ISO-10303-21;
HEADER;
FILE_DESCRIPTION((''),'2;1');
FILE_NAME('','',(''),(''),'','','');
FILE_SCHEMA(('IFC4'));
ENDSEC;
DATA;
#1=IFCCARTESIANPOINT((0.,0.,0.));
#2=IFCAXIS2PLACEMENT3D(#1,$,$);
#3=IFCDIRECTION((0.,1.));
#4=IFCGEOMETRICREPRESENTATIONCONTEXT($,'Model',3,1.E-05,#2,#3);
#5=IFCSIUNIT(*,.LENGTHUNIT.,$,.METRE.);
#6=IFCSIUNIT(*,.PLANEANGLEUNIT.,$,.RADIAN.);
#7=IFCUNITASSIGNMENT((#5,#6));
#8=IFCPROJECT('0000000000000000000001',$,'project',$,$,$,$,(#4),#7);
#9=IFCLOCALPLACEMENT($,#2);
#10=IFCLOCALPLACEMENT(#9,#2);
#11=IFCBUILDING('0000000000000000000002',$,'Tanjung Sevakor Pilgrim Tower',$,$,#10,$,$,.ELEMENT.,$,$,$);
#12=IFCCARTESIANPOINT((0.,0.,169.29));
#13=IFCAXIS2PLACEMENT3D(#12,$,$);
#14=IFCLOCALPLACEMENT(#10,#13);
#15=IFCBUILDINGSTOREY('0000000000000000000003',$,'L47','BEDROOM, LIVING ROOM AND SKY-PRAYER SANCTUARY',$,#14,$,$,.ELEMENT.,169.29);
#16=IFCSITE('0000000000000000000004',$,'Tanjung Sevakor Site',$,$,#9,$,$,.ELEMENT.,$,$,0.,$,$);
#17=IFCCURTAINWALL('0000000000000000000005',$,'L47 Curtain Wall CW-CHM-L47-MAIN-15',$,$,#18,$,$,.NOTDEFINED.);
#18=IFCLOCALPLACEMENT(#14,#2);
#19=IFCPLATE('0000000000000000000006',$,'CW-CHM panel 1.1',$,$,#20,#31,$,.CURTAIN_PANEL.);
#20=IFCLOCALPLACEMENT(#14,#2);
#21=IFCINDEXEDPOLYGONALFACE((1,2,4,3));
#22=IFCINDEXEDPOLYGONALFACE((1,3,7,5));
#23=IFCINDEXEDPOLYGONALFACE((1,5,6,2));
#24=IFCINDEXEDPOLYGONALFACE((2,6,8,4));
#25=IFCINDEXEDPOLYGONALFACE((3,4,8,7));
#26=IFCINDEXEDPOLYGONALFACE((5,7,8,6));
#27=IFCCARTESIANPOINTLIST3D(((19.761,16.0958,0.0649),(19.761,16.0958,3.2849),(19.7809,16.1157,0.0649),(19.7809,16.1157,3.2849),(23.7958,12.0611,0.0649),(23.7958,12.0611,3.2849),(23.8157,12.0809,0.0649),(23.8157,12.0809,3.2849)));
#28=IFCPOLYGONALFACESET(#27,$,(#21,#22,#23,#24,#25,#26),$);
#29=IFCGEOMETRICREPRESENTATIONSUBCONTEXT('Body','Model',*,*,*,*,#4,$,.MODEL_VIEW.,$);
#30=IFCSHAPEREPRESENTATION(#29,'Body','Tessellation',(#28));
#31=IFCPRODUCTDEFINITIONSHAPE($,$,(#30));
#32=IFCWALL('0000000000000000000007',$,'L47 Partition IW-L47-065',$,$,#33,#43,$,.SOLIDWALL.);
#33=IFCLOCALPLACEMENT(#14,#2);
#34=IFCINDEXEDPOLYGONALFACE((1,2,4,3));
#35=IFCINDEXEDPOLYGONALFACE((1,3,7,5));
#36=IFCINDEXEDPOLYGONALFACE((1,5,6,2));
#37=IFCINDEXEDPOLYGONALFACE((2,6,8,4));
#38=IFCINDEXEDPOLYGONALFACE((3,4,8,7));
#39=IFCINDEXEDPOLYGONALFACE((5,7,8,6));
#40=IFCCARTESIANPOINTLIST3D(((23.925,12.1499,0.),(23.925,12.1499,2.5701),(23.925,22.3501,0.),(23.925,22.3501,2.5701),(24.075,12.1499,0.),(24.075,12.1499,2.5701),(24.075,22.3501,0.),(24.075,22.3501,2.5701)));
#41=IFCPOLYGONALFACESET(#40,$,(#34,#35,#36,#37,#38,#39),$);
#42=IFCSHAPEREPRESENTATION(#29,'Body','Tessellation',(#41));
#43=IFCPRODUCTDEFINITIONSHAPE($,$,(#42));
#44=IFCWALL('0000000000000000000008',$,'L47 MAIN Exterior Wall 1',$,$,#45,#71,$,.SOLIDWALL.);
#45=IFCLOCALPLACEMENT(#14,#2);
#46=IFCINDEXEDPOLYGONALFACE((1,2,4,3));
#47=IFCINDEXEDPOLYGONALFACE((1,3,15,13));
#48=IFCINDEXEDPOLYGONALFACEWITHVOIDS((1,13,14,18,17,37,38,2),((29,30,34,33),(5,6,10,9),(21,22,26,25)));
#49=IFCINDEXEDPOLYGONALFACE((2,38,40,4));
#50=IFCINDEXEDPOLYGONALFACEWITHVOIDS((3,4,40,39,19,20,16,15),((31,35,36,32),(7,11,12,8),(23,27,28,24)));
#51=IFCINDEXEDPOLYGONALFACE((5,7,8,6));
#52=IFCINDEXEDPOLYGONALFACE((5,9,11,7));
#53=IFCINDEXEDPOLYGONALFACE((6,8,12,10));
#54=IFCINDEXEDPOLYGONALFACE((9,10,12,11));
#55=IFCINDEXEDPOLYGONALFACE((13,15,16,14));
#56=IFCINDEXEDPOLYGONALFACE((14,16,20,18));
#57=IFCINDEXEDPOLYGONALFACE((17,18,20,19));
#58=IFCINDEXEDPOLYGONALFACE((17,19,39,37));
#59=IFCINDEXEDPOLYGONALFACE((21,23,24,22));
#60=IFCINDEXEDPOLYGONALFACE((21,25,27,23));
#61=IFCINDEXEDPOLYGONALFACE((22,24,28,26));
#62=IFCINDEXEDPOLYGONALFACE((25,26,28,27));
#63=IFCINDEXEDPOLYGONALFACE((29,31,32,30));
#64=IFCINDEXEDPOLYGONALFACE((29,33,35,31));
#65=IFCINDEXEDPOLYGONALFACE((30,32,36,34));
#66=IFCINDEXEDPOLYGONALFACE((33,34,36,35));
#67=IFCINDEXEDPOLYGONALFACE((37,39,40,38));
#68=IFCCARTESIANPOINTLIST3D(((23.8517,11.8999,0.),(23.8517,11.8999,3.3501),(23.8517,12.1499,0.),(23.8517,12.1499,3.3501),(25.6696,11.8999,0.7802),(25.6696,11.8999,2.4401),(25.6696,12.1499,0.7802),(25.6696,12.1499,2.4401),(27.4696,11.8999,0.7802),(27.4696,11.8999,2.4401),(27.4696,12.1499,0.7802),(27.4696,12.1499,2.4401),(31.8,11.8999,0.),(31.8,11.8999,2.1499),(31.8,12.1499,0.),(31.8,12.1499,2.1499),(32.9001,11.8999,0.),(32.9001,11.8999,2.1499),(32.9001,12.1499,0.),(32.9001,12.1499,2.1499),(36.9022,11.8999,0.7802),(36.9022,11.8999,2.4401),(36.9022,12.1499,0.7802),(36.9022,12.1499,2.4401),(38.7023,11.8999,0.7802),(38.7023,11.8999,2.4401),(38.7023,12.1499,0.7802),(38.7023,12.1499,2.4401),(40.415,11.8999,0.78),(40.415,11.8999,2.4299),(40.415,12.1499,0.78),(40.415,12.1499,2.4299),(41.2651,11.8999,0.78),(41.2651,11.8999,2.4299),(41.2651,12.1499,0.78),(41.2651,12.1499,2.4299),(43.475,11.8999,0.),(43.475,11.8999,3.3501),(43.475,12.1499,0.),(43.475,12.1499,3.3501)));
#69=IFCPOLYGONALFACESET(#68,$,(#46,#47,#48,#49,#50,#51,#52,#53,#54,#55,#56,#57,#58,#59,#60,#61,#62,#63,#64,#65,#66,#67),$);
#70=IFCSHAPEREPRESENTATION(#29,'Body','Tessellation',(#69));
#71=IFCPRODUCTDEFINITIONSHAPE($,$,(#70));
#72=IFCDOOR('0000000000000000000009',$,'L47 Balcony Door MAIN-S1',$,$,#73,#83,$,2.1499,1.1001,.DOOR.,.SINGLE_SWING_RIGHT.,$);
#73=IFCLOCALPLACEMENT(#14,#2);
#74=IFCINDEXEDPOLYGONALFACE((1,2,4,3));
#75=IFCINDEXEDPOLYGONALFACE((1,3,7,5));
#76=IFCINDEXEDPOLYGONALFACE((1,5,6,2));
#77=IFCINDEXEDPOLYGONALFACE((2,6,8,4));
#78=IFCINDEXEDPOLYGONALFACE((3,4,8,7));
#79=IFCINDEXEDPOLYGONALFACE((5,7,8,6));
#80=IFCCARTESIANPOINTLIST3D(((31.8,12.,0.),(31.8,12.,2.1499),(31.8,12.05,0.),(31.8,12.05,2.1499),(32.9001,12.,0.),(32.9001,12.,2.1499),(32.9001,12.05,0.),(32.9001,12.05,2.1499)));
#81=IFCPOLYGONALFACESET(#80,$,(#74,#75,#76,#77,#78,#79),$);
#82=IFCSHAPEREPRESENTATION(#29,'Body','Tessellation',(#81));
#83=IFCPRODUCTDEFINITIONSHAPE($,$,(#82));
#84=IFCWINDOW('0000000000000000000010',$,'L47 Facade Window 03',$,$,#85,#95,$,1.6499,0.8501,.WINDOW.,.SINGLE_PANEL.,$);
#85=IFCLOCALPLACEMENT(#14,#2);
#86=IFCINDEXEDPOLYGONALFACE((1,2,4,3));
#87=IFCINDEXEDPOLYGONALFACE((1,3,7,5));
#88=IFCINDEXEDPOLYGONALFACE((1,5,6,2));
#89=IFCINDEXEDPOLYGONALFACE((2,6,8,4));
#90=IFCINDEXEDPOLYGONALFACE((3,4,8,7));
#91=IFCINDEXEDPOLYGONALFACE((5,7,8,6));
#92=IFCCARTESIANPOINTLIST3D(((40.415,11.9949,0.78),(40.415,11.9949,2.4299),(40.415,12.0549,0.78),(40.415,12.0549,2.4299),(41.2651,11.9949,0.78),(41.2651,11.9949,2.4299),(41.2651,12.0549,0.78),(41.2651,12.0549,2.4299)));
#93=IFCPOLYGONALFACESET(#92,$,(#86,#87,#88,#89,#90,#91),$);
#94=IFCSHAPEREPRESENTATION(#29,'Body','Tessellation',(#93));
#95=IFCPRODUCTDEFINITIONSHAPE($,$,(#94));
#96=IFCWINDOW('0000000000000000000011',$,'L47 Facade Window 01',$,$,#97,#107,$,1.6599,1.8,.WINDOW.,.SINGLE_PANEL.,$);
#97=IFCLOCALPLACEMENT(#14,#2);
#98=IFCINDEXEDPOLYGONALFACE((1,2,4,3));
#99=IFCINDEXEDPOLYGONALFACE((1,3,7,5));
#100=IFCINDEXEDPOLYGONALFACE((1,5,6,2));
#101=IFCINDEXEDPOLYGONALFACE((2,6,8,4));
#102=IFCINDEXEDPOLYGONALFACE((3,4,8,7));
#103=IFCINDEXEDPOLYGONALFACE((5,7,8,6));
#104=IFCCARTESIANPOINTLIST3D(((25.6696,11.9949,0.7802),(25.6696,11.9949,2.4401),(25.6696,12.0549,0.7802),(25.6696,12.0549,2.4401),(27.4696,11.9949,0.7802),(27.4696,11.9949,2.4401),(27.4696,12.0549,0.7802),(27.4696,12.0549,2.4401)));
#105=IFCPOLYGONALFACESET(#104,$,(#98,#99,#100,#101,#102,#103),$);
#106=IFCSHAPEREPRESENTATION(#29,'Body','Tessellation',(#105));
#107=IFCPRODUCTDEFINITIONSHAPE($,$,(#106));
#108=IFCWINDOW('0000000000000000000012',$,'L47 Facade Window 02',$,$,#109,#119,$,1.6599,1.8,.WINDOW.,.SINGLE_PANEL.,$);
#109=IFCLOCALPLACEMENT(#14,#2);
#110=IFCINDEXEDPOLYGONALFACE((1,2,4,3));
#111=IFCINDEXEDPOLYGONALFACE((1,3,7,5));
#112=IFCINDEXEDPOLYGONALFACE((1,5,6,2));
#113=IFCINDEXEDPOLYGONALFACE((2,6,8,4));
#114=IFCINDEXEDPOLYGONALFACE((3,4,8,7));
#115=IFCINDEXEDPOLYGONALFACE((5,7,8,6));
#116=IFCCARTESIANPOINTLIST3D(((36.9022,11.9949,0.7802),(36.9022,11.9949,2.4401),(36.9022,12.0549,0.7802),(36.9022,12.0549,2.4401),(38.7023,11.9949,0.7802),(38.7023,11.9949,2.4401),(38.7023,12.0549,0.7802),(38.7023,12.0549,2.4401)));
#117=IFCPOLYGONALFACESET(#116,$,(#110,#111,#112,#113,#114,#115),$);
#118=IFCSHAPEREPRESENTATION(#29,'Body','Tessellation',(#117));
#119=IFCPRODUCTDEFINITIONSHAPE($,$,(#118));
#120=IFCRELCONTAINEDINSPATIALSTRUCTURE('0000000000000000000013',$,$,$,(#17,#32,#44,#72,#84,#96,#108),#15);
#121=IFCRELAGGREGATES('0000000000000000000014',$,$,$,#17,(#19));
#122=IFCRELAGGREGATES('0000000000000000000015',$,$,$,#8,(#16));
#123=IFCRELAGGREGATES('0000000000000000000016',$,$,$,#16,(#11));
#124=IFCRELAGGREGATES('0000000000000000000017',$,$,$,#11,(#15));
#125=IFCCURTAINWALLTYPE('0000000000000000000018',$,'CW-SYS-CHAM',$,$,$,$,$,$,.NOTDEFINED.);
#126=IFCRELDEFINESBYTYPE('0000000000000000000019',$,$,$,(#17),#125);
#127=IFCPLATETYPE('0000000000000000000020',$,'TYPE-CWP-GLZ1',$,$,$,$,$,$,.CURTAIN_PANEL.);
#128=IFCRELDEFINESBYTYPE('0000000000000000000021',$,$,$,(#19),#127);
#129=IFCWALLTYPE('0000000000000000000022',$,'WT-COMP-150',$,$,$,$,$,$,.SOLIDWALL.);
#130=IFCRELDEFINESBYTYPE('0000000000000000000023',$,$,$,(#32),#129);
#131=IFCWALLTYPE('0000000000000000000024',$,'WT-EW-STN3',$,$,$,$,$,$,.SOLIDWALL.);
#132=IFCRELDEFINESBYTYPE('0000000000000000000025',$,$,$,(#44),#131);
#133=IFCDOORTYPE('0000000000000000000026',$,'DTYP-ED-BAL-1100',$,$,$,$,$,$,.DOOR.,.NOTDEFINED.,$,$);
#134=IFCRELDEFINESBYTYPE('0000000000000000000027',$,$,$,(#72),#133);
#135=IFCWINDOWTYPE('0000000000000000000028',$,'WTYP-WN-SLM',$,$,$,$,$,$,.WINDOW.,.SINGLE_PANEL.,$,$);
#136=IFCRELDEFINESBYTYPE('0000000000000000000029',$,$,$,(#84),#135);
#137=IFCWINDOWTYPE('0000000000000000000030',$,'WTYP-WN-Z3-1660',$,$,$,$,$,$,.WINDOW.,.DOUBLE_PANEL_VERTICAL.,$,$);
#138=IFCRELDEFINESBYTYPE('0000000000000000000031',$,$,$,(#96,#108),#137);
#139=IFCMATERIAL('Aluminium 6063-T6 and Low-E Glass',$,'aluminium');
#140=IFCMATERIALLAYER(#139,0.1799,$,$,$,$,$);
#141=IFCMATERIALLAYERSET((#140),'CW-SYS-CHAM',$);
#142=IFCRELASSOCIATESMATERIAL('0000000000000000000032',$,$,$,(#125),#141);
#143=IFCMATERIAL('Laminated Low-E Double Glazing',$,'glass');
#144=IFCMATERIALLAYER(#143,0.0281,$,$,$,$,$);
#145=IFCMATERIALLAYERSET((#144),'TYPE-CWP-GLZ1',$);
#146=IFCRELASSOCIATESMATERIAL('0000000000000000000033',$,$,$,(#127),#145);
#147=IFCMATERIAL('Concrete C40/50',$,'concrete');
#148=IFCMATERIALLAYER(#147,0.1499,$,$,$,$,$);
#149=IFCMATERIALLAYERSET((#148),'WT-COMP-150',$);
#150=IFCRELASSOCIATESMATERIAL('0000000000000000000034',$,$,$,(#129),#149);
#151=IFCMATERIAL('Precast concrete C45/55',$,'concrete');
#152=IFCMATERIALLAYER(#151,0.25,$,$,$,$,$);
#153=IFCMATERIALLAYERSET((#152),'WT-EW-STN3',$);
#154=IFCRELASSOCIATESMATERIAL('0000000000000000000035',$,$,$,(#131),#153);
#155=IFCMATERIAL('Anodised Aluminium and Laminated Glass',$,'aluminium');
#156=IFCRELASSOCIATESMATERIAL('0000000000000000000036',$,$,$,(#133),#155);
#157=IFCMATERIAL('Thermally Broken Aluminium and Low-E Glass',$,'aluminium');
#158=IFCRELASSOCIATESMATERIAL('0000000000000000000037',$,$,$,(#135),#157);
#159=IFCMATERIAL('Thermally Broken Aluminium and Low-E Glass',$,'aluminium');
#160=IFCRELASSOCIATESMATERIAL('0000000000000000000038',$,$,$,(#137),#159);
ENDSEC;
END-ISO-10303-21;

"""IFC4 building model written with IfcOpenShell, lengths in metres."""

from ifc_helpers import new_model, si_unit, direction, frame, frame_2d, origin, origin_2d, place, context, subcontext, project, spatial, rectangle, extrude, material, layer, layer_set, type_object, element, fill, aggregate, save


model = new_model("IFC4")

# Units and contexts
model_context = context("Model", 3, precision=1e-05, world=origin(), true_north=direction((0.0, 1.0)))
body_context = subcontext(model_context, "Body", "Model", "MODEL_VIEW")
ifc_project = project(units=[si_unit("LENGTHUNIT", "METRE"), si_unit("PLANEANGLEUNIT", "RADIAN")], contexts=[model_context])

# Site, building, storey
site_placement = place(None, origin())
site = spatial("IfcSite", under=ifc_project, at=site_placement, Name="Tanjung Sevakor Site", CompositionType="ELEMENT", RefElevation=0.0)
building_placement = place(site_placement, origin())
building = spatial("IfcBuilding", under=site, at=building_placement, Name="Tanjung Sevakor Pilgrim Tower", CompositionType="ELEMENT")
storey_placement = place(building_placement, frame((0.0, 0.0, 169.29)))
storey = spatial("IfcBuildingStorey", under=building, at=storey_placement, Name="L47", Description="BEDROOM, LIVING ROOM AND SKY-PRAYER SANCTUARY", CompositionType="ELEMENT", Elevation=169.29)

# Curtain wall
ifc_material_1 = material(Name="Aluminium 6063-T6 and Low-E Glass", Category="aluminium")
ifc_layer_1 = layer(ifc_material_1, 0.1799)
ifc_layer_set_1 = layer_set([ifc_layer_1], Name="CW-SYS-CHAM")
curtain_wall_type = type_object("IfcCurtainWallType", Name="CW-SYS-CHAM", PredefinedType="NOTDEFINED", material=ifc_layer_set_1)
curtain_wall_placement = place(storey_placement, origin())
curtain_wall = element("IfcCurtainWall", 1, at=curtain_wall_placement, inside=storey, type_object=curtain_wall_type, Name="L47 Curtain Wall CW-CHM-L47-MAIN-15", PredefinedType="NOTDEFINED")

# Plate
ifc_material_2 = material(Name="Laminated Low-E Double Glazing", Category="glass")
ifc_layer_2 = layer(ifc_material_2, 0.0281)
ifc_layer_set_2 = layer_set([ifc_layer_2], Name="TYPE-CWP-GLZ1")
plate_type = type_object("IfcPlateType", Name="TYPE-CWP-GLZ1", PredefinedType="CURTAIN_PANEL", material=ifc_layer_set_2)
plate_placement = place(storey_placement, frame((21.7883, 14.0884, 0.0649), z_axis=(0.0, 0.0, 1.0), x_axis=(0.707107, -0.707107, 0.0)))
plate = element("IfcPlate", 2, at=plate_placement, type_object=plate_type, Name="CW-CHM panel 1.1", PredefinedType="CURTAIN_PANEL", context=body_context, shape_type="SweptSolid", body=[
    extrude(rectangle(XDim=5.7061, YDim=0.0281, at=origin_2d()), origin(), (0.0, 0.0, 1.0), 3.22),
])
aggregate(curtain_wall, [plate])

# Wall
ifc_material_3 = material(Name="Concrete C40/50", Category="concrete")
ifc_layer_3 = layer(ifc_material_3, 0.1499)
ifc_layer_set_3 = layer_set([ifc_layer_3], Name="WT-COMP-150")
wall_type_1 = type_object("IfcWallType", Name="WT-COMP-150", PredefinedType="SOLIDWALL", material=ifc_layer_set_3)
wall_1_placement = place(storey_placement, frame((24.0, 12.1499, 0.0), z_axis=(0.0, 0.0, 1.0), x_axis=(0.0, 1.0, 0.0)))
element("IfcWall", 3, at=wall_1_placement, inside=storey, type_object=wall_type_1, Name="L47 Partition IW-L47-065", PredefinedType="SOLIDWALL", context=body_context, shape_type="SweptSolid", body=[
    extrude(rectangle(XDim=10.2002, YDim=0.1499, at=frame_2d((5.1001, 0.0))), origin(), (0.0, 0.0, 1.0), 2.5701),
])

# Wall, openings, door, windows
ifc_material_4 = material(Name="Precast concrete C45/55", Category="concrete")
ifc_layer_4 = layer(ifc_material_4, 0.25)
ifc_layer_set_4 = layer_set([ifc_layer_4], Name="WT-EW-STN3")
wall_type_2 = type_object("IfcWallType", Name="WT-EW-STN3", PredefinedType="SOLIDWALL", material=ifc_layer_set_4)
wall_2_placement = place(storey_placement, frame((23.8518, 12.0249, 0.0), z_axis=(0.0, 0.0, 1.0), x_axis=(1.0, 0.0, 0.0)))
wall_2 = element("IfcWall", 4, at=wall_2_placement, inside=storey, type_object=wall_type_2, Name="L47 MAIN Exterior Wall 1", PredefinedType="SOLIDWALL", context=body_context, shape_type="SweptSolid", body=[
    extrude(rectangle(XDim=19.6233, YDim=0.25, at=frame_2d((9.8115, 0.0))), origin(), (0.0, 0.0, 1.0), 3.3501),
])
opening_1_placement = place(wall_2_placement, frame((7.9482, 0.0, 0.0)))
opening_1 = element("IfcOpeningElement", 5, at=opening_1_placement, cuts=wall_2, PredefinedType="OPENING", context=body_context, shape_type="SweptSolid", body=[
    extrude(rectangle(XDim=1.1001, YDim=2.1499, at=frame_2d((0.55, 1.075))), frame((0.0, 0.135, 0.0), z_axis=(0.0, -1.0, 0.0), x_axis=(1.0, 0.0, 0.0)), (0.0, 0.0, 1.0), 0.27),
])
opening_2_placement = place(wall_2_placement, frame((1.8179, 0.0, 0.78)))
opening_2 = element("IfcOpeningElement", 6, at=opening_2_placement, cuts=wall_2, PredefinedType="OPENING", context=body_context, shape_type="SweptSolid", body=[
    extrude(rectangle(XDim=1.8, YDim=1.6599, at=frame_2d((0.8999, 0.8301))), frame((0.0, 0.135, 0.0), z_axis=(0.0, -1.0, 0.0), x_axis=(1.0, 0.0, 0.0)), (0.0, 0.0, 1.0), 0.27),
])
opening_3_placement = place(wall_2_placement, frame((13.0505, 0.0, 0.78)))
opening_3 = element("IfcOpeningElement", 7, at=opening_3_placement, cuts=wall_2, PredefinedType="OPENING", context=body_context, shape_type="SweptSolid", body=[
    extrude(rectangle(XDim=1.8, YDim=1.6599, at=frame_2d((0.8999, 0.8301))), frame((0.0, 0.135, 0.0), z_axis=(0.0, -1.0, 0.0), x_axis=(1.0, 0.0, 0.0)), (0.0, 0.0, 1.0), 0.27),
])
opening_4_placement = place(wall_2_placement, frame((16.5632, 0.0, 0.78)))
opening_4 = element("IfcOpeningElement", 8, at=opening_4_placement, cuts=wall_2, PredefinedType="OPENING", context=body_context, shape_type="SweptSolid", body=[
    extrude(rectangle(XDim=0.8501, YDim=1.6499, at=frame_2d((0.425, 0.825))), frame((0.0, 0.135, 0.0), z_axis=(0.0, -1.0, 0.0), x_axis=(1.0, 0.0, 0.0)), (0.0, 0.0, 1.0), 0.27),
])
ifc_material_5 = material(Name="Anodised Aluminium and Laminated Glass", Category="aluminium")
door_type_1 = type_object("IfcDoorType", Name="DTYP-ED-BAL-1100", OperationType="NOTDEFINED", PredefinedType="DOOR", material=ifc_material_5)
door_1_placement = place(opening_1_placement, frame((1.1001, 0.0, 0.0), z_axis=(0.0, 0.0, 1.0), x_axis=(-1.0, 0.0, 0.0)))
door_1 = element("IfcDoor", 9, at=door_1_placement, inside=storey, type_object=door_type_1, Name="L47 Balcony Door MAIN-S1", OperationType="SINGLE_SWING_RIGHT", OverallHeight=2.1499, OverallWidth=1.1001, PredefinedType="DOOR", context=body_context, shape_type="SweptSolid", body=[
    extrude(rectangle(XDim=1.1001, YDim=2.1499, at=frame_2d((0.55, 1.075))), frame((0.0, 0.0249, 0.0), z_axis=(0.0, -1.0, 0.0), x_axis=(1.0, 0.0, 0.0)), (0.0, 0.0, 1.0), 0.05),
])
fill(opening_1, door_1)
ifc_material_6 = material(Name="Thermally Broken Aluminium and Low-E Glass", Category="aluminium")
window_type_1 = type_object("IfcWindowType", Name="WTYP-WN-SLM", PartitioningType="SINGLE_PANEL", PredefinedType="WINDOW", material=ifc_material_6)
window_1_placement = place(opening_4_placement, origin())
window_1 = element("IfcWindow", 10, at=window_1_placement, inside=storey, type_object=window_type_1, Name="L47 Facade Window 03", OverallHeight=1.6499, OverallWidth=0.8501, PartitioningType="SINGLE_PANEL", PredefinedType="WINDOW", context=body_context, shape_type="SweptSolid", body=[
    extrude(rectangle(XDim=0.8501, YDim=1.6499, at=frame_2d((0.425, 0.825))), frame((0.0, 0.03, 0.0), z_axis=(0.0, -1.0, 0.0), x_axis=(1.0, 0.0, 0.0)), (0.0, 0.0, 1.0), 0.0601),
])
fill(opening_4, window_1)
ifc_material_7 = material(Name="Thermally Broken Aluminium and Low-E Glass", Category="aluminium")
window_type_2 = type_object("IfcWindowType", Name="WTYP-WN-Z3-1660", PartitioningType="DOUBLE_PANEL_VERTICAL", PredefinedType="WINDOW", material=ifc_material_7)
window_2_placement = place(opening_2_placement, origin())
window_2 = element("IfcWindow", 11, at=window_2_placement, inside=storey, type_object=window_type_2, Name="L47 Facade Window 01", OverallHeight=1.6599, OverallWidth=1.8, PartitioningType="SINGLE_PANEL", PredefinedType="WINDOW", context=body_context, shape_type="SweptSolid", body=[
    extrude(rectangle(XDim=1.8, YDim=1.6599, at=frame_2d((0.8999, 0.8301))), frame((0.0, 0.03, 0.0), z_axis=(0.0, -1.0, 0.0), x_axis=(1.0, 0.0, 0.0)), (0.0, 0.0, 1.0), 0.0601),
])
fill(opening_2, window_2)
window_3_placement = place(opening_3_placement, origin())
window_3 = element("IfcWindow", 12, at=window_3_placement, inside=storey, type_object=window_type_2, Name="L47 Facade Window 02", OverallHeight=1.6599, OverallWidth=1.8, PartitioningType="SINGLE_PANEL", PredefinedType="WINDOW", context=body_context, shape_type="SweptSolid", body=[
    extrude(rectangle(XDim=1.8, YDim=1.6599, at=frame_2d((0.8999, 0.8301))), frame((0.0, 0.03, 0.0), z_axis=(0.0, -1.0, 0.0), x_axis=(1.0, 0.0, 0.0)), (0.0, 0.0, 1.0), 0.0601),
])
fill(opening_3, window_3)

save(model, "model.ifc")
